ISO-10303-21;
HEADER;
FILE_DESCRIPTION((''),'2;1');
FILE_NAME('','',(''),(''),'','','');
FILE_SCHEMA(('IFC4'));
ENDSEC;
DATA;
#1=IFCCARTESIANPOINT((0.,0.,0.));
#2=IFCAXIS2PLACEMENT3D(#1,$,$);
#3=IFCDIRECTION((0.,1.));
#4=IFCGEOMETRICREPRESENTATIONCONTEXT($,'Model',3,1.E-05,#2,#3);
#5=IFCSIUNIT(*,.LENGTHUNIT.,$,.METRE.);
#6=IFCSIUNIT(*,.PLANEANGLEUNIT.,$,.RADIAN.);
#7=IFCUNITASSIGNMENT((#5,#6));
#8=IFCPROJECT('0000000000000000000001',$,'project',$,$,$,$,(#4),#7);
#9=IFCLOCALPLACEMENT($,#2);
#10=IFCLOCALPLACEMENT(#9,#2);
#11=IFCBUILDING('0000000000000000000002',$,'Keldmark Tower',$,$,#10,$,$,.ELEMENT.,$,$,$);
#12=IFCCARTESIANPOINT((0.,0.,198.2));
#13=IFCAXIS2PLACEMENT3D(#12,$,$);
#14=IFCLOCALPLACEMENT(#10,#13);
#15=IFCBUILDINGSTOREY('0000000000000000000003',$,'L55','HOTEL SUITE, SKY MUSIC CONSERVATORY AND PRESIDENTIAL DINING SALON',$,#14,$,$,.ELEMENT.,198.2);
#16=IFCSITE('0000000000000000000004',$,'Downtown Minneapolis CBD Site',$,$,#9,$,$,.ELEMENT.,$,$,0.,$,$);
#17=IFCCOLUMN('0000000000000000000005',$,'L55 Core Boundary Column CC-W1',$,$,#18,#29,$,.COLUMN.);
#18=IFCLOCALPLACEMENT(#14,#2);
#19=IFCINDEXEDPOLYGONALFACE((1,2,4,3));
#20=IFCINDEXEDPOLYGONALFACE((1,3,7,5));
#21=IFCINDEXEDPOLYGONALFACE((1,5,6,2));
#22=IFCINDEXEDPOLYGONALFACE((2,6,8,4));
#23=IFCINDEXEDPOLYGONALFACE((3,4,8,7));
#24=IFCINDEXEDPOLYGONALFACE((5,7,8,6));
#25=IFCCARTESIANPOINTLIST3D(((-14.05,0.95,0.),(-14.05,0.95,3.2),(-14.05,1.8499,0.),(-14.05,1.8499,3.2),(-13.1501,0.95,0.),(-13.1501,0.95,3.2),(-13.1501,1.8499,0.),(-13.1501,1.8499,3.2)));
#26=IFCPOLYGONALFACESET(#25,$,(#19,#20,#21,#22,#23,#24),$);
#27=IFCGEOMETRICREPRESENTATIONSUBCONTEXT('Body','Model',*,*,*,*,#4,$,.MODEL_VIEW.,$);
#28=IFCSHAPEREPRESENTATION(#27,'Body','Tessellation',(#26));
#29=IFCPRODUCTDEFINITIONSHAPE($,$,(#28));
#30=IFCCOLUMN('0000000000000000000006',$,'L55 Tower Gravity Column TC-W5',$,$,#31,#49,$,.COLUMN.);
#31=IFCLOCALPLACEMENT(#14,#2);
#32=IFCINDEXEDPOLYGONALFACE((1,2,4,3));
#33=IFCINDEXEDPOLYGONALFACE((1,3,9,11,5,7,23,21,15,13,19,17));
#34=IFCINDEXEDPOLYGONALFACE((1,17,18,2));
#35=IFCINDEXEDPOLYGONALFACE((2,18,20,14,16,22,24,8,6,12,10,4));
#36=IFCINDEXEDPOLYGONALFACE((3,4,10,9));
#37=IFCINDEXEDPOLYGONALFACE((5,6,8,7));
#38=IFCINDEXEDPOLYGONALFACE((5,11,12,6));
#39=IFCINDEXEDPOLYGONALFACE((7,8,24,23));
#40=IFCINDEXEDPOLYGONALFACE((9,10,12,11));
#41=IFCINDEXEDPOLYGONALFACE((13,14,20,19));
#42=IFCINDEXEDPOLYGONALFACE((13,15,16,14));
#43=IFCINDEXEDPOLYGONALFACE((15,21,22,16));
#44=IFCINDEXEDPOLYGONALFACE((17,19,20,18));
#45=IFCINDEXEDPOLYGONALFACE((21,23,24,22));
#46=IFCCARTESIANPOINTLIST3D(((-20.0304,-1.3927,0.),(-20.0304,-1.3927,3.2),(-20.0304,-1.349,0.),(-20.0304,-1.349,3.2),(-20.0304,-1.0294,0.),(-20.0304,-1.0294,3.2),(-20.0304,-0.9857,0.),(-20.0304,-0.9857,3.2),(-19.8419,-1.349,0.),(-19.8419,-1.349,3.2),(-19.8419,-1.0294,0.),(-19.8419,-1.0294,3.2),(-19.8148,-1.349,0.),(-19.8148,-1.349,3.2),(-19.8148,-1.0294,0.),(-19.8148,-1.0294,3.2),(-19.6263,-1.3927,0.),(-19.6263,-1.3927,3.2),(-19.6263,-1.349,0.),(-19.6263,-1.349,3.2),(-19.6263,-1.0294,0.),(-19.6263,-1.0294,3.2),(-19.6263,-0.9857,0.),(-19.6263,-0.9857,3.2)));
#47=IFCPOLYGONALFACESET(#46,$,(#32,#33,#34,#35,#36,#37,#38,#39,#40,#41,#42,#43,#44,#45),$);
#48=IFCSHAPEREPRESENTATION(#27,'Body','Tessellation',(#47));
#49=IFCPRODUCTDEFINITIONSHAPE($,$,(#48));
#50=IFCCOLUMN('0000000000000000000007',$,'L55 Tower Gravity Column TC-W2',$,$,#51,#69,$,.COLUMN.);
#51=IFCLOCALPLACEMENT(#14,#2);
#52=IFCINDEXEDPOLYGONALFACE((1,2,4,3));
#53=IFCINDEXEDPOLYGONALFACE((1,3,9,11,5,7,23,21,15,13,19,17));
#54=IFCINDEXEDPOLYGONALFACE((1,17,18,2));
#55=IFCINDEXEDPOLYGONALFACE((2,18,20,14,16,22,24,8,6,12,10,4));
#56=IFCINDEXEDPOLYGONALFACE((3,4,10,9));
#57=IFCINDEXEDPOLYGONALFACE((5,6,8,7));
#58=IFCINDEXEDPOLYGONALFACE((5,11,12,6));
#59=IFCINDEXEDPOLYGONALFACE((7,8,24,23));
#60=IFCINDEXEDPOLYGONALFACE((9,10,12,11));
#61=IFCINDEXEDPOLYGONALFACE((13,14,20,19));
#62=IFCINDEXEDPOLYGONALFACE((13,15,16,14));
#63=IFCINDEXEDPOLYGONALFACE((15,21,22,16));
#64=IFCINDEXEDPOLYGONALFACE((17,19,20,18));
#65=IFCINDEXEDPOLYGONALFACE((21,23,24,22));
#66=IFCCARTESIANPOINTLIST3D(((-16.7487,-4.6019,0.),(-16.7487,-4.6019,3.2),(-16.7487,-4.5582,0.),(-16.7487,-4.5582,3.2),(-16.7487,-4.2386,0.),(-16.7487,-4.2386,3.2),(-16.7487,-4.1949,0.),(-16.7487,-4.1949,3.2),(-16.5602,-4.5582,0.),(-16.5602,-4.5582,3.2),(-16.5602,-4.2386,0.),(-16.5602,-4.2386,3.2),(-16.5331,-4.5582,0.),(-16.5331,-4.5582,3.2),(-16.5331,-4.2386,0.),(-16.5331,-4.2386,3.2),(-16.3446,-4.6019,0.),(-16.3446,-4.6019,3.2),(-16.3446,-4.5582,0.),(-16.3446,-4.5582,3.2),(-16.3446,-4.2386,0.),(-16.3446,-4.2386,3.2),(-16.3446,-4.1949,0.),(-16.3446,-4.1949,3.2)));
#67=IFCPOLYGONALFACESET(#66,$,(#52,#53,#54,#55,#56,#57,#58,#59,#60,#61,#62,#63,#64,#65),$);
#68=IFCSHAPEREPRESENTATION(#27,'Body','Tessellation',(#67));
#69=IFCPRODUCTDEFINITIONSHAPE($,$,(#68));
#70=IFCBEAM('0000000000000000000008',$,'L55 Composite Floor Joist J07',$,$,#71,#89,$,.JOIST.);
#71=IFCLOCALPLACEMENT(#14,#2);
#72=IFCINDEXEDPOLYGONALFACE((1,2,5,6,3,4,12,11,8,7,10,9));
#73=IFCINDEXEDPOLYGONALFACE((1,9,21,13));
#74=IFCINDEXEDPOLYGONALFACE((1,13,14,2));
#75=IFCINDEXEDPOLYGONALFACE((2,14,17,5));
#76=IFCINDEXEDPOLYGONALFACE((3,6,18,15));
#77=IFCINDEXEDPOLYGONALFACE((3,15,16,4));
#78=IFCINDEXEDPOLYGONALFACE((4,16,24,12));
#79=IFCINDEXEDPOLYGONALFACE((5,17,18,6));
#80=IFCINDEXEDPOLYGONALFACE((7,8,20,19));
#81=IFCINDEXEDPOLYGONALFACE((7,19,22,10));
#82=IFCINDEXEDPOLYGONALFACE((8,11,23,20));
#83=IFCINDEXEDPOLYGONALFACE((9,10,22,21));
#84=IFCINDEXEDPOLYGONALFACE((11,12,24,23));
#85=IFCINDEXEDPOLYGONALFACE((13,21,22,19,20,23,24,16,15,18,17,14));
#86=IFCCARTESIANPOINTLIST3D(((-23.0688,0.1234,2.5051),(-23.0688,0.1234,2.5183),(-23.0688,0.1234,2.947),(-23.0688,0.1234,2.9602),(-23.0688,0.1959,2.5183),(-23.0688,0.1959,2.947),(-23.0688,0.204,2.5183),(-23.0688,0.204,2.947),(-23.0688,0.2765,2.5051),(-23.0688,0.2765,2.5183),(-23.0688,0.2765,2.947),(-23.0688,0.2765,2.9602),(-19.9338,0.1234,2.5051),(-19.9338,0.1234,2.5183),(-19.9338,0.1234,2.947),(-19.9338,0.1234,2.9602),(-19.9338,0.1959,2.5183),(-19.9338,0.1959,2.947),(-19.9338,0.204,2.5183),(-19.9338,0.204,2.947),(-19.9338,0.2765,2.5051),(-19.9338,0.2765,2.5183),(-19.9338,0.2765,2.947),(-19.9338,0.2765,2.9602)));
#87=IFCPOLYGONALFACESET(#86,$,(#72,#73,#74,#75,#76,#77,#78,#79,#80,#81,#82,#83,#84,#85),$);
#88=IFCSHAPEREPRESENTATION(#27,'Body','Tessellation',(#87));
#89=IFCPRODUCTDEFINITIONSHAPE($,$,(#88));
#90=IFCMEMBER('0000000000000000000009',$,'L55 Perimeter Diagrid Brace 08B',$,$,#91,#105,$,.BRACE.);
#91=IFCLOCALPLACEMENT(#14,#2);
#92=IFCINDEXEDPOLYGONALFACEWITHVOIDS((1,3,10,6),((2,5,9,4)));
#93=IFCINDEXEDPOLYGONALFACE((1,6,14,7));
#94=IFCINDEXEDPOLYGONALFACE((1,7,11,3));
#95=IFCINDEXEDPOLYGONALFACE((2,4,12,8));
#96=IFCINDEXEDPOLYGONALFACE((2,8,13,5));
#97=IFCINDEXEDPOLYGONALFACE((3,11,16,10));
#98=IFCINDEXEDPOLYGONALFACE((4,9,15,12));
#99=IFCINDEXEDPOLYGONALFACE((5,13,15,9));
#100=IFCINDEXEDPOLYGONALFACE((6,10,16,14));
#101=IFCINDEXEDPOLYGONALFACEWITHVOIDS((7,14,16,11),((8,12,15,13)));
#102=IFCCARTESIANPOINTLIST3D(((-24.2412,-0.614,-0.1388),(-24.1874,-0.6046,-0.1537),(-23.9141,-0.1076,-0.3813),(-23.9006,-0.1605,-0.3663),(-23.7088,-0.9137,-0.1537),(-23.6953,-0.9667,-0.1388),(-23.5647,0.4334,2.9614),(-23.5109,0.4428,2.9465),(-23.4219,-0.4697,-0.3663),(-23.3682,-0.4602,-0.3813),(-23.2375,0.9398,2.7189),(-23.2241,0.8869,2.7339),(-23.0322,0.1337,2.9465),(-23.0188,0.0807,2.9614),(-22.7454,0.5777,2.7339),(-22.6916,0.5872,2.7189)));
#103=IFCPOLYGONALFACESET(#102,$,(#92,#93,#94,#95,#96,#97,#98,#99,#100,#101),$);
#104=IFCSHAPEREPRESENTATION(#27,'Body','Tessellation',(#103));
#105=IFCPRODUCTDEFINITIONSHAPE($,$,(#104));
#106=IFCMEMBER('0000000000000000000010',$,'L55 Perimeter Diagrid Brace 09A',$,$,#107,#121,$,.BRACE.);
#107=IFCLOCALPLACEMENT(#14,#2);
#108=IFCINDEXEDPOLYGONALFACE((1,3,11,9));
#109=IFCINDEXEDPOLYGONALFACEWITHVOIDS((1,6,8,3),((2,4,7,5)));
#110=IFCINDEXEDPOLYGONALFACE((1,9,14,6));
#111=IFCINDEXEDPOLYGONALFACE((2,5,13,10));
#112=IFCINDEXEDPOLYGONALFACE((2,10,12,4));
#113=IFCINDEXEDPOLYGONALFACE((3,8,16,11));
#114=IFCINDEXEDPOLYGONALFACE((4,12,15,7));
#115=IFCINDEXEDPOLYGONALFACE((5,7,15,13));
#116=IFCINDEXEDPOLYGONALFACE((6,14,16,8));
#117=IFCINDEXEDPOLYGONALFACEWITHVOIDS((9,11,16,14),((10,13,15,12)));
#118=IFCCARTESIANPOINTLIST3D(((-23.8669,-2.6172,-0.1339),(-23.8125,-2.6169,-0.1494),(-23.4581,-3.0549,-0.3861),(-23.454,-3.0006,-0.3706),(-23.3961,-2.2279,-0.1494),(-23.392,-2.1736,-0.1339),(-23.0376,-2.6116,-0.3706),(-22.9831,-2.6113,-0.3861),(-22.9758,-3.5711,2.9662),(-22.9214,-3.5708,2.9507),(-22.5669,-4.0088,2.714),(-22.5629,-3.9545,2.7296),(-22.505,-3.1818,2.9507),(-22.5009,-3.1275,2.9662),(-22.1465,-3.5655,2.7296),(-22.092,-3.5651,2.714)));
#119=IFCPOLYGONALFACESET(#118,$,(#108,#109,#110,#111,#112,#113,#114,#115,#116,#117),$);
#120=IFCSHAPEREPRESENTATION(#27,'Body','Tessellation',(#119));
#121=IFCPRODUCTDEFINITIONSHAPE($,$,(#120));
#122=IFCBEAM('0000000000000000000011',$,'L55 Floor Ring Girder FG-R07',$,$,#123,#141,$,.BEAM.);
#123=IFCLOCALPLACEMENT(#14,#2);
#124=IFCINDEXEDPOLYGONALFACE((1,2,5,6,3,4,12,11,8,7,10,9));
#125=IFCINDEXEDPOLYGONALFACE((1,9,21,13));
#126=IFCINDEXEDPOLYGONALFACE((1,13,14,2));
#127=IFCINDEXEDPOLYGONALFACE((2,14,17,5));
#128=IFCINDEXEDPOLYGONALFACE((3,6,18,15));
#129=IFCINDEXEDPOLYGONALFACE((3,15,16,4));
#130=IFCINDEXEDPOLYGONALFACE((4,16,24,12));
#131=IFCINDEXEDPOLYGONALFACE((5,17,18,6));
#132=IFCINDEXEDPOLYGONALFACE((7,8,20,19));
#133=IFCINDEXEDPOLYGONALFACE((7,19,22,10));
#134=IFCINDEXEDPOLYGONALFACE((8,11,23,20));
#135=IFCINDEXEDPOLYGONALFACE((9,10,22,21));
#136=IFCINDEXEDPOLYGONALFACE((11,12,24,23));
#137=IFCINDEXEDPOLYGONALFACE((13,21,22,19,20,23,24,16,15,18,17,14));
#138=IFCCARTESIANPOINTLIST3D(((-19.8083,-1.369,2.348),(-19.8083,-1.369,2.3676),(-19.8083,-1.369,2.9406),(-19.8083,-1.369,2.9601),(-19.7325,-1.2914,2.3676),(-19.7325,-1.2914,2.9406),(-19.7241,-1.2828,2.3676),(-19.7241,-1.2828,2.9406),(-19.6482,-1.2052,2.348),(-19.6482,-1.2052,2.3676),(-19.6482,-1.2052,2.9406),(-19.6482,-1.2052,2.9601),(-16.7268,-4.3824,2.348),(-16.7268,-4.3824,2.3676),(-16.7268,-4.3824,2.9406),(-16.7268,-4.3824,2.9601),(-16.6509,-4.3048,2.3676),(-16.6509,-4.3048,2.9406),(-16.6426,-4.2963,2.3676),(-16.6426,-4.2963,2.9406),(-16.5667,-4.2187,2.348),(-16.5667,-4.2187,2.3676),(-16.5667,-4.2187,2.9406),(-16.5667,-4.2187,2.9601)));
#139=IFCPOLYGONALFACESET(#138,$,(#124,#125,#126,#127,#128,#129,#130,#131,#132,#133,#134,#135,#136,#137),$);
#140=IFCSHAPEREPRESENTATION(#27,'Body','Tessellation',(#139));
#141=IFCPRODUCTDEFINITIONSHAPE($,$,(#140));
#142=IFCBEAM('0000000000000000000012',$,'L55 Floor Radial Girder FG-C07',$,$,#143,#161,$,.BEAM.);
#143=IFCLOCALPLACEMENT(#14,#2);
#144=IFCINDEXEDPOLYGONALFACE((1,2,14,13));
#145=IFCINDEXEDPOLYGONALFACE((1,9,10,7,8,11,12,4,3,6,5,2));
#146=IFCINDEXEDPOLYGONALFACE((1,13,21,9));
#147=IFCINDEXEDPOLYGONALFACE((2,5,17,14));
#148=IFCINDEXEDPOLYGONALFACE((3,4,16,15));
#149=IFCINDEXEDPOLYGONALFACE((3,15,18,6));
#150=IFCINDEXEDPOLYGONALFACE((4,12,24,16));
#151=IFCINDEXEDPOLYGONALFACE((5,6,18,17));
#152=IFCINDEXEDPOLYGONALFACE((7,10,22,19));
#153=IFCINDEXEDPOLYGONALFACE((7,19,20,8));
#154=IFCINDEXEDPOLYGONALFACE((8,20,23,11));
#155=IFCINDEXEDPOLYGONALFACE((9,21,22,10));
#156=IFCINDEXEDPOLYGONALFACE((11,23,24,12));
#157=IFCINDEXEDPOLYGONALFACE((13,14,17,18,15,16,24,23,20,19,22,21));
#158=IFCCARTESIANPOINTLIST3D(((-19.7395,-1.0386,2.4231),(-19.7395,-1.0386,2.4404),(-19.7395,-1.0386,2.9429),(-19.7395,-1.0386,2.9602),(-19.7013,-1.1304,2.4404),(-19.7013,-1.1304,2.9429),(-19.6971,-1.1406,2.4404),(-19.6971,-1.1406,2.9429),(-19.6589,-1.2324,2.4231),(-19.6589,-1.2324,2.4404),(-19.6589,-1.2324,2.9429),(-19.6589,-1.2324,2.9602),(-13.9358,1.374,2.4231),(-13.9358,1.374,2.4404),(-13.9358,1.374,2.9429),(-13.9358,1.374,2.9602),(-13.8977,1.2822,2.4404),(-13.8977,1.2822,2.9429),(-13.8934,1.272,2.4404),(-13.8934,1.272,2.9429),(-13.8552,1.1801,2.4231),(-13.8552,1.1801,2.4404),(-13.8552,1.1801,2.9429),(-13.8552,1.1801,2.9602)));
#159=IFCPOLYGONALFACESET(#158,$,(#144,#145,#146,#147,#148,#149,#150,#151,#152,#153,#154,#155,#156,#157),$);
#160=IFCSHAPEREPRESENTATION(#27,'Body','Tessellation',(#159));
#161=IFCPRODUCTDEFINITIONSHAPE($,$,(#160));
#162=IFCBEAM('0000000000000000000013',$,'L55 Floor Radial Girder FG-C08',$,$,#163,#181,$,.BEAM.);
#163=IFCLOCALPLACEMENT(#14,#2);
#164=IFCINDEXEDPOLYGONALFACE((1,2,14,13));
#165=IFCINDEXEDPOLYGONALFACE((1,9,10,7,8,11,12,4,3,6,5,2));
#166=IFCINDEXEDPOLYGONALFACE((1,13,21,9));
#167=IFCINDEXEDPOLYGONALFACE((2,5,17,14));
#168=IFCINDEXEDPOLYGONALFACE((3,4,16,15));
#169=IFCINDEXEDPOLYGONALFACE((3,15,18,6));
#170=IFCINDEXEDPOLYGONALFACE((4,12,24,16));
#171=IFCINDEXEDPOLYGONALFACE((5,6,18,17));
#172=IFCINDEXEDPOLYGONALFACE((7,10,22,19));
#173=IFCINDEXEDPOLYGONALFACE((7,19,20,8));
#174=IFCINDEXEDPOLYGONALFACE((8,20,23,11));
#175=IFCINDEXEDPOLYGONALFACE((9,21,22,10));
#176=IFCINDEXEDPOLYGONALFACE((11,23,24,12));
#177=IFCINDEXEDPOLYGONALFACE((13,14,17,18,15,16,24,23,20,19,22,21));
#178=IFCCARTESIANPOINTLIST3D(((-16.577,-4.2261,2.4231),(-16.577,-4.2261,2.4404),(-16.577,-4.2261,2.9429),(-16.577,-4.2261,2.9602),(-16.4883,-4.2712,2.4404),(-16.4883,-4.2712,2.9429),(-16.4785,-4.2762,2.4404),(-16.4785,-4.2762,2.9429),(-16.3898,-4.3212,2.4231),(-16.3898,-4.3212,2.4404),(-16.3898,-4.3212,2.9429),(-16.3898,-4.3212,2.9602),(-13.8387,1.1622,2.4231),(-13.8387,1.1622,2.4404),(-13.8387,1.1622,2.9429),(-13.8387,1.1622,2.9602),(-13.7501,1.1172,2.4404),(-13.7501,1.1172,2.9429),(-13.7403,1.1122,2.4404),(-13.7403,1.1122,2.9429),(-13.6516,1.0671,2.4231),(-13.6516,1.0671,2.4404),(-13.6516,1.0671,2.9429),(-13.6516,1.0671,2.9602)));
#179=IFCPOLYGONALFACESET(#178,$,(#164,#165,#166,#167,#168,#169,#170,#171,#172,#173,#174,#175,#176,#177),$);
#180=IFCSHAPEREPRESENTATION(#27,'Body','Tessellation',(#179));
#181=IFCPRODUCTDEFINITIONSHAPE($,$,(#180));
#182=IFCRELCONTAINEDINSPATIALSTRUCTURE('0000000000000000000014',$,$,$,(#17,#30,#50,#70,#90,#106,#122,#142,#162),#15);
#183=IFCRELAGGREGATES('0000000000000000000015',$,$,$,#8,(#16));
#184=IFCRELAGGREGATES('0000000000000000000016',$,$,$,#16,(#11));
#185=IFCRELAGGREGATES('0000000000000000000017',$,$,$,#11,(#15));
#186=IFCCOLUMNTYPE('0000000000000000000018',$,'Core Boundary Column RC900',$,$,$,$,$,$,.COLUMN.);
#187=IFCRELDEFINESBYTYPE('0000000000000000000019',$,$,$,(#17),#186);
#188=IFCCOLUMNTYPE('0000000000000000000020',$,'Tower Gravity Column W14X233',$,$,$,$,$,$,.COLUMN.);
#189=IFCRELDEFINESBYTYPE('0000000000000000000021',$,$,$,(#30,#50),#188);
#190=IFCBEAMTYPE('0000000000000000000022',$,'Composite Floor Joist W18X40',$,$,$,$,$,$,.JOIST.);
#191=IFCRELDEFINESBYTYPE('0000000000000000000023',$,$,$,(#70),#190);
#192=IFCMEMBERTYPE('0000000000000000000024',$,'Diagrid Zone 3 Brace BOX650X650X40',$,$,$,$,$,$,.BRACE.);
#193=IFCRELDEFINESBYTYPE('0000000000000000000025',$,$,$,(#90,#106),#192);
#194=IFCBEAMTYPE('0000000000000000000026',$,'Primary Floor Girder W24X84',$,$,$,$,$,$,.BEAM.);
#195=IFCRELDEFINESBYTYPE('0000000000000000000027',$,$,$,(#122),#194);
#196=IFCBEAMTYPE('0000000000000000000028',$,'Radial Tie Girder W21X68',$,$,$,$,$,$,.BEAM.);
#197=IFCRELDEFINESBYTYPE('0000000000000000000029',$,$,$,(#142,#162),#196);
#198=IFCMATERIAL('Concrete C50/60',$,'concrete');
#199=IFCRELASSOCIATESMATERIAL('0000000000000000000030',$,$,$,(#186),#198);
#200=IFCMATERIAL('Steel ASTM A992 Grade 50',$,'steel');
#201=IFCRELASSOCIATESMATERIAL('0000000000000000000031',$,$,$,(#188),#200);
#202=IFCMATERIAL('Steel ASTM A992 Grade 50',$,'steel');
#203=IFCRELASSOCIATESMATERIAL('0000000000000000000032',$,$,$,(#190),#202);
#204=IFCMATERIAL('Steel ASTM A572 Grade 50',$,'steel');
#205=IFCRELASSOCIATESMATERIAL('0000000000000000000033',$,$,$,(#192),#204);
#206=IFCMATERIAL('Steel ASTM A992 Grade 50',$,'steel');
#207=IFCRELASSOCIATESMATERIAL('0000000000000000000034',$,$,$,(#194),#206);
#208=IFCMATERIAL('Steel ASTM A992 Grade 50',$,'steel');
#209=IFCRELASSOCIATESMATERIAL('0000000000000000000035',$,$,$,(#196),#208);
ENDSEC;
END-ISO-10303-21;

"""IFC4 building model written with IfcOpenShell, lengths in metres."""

from ifc_helpers import new_model, si_unit, direction, frame, origin, origin_2d, place, context, subcontext, project, spatial, rectangle, hollow_rectangle, i_section, extrude, material, material_profile, profile_set, type_object, element, save


model = new_model("IFC4")

# Units and contexts
model_context = context("Model", 3, precision=1e-05, world=origin(), true_north=direction((0.0, 1.0)))
body_context = subcontext(model_context, "Body", "Model", "MODEL_VIEW")
ifc_project = project(units=[si_unit("LENGTHUNIT", "METRE"), si_unit("PLANEANGLEUNIT", "RADIAN")], contexts=[model_context])

# Site, building, storey
site_placement = place(None, origin())
site = spatial("IfcSite", under=ifc_project, at=site_placement, Name="Downtown Minneapolis CBD Site", CompositionType="ELEMENT", RefElevation=0.0)
building_placement = place(site_placement, origin())
building = spatial("IfcBuilding", under=site, at=building_placement, Name="Keldmark Tower", CompositionType="ELEMENT")
storey_placement = place(building_placement, frame((0.0, 0.0, 198.2)))
storey = spatial("IfcBuildingStorey", under=building, at=storey_placement, Name="L55", Description="HOTEL SUITE, SKY MUSIC CONSERVATORY AND PRESIDENTIAL DINING SALON", CompositionType="ELEMENT", Elevation=198.2)

# Columns
ifc_material_1 = material(Name="Concrete C50/60", Category="concrete")
ifc_material_profile_1 = material_profile(ifc_material_1, rectangle(XDim=0.8999, YDim=0.8999, at=origin_2d()), Name="RC900X900")
ifc_profile_set_1 = profile_set([ifc_material_profile_1], Name="Concrete C50/60")
column_type_1 = type_object("IfcColumnType", Name="Core Boundary Column RC900", PredefinedType="COLUMN", material=ifc_profile_set_1)
column_placement = place(storey_placement, frame((-13.6001, 1.3999, 0.0), z_axis=(0.0, 0.0, 1.0), x_axis=(1.0, 0.0, 0.0)))
element("IfcColumn", 1, at=column_placement, inside=storey, type_object=column_type_1, Name="L55 Core Boundary Column CC-W1", PredefinedType="COLUMN", context=body_context, shape_type="SweptSolid", body=[
    extrude(rectangle(XDim=0.8999, YDim=0.8999, at=origin_2d()), origin(), (0.0, 0.0, 1.0), 3.2),
])
ifc_material_2 = material(Name="Steel ASTM A992 Grade 50", Category="steel")
ifc_material_profile_2 = material_profile(ifc_material_2, i_section(OverallWidth=0.4041, OverallDepth=0.407, WebThickness=0.0271, FlangeThickness=0.0437, at=origin_2d()), Name="W14X233")
ifc_profile_set_2 = profile_set([ifc_material_profile_2], Name="Steel ASTM A992 Grade 50")
column_type_2 = type_object("IfcColumnType", Name="Tower Gravity Column W14X233", PredefinedType="COLUMN", material=ifc_profile_set_2)
for number, where, z_axis, x_axis, name in (
    (2, (-19.8284, -1.1892, 0.0), (0.0, 0.0, 1.0), (1.0, 0.0, 0.0), "L55 Tower Gravity Column TC-W5"),
    (3, (-16.5466, -4.3984, 0.0), (0.0, 0.0, 1.0), (1.0, 0.0, 0.0), "L55 Tower Gravity Column TC-W2"),
):
    element("IfcColumn", number, at=place(storey_placement, frame(where, z_axis=z_axis, x_axis=x_axis)), inside=storey, type_object=column_type_2, Name=name, PredefinedType="COLUMN", context=body_context, shape_type="SweptSolid", body=[
        extrude(i_section(OverallWidth=0.4041, OverallDepth=0.407, WebThickness=0.0271, FlangeThickness=0.0437, at=origin_2d()), origin(), (0.0, 0.0, 1.0), 3.2),
    ])

# Beam
ifc_material_3 = material(Name="Steel ASTM A992 Grade 50", Category="steel")
ifc_material_profile_3 = material_profile(ifc_material_3, i_section(OverallWidth=0.1531, OverallDepth=0.4551, WebThickness=0.0081, FlangeThickness=0.0132, at=origin_2d()), Name="W18X40")
ifc_profile_set_3 = profile_set([ifc_material_profile_3], Name="Steel ASTM A992 Grade 50")
beam_type_1 = type_object("IfcBeamType", Name="Composite Floor Joist W18X40", PredefinedType="JOIST", material=ifc_profile_set_3)
beam_1_placement = place(storey_placement, frame((-23.0688, 0.2, 2.7327), z_axis=(1.0, 0.0, 0.0), x_axis=(0.0, 1.0, 0.0)))
element("IfcBeam", 4, at=beam_1_placement, inside=storey, type_object=beam_type_1, Name="L55 Composite Floor Joist J07", PredefinedType="JOIST", context=body_context, shape_type="SweptSolid", body=[
    extrude(i_section(OverallWidth=0.1531, OverallDepth=0.4551, WebThickness=0.0081, FlangeThickness=0.0132, at=origin_2d()), origin(), (0.0, 0.0, 1.0), 3.135),
])

# Members
ifc_material_4 = material(Name="Steel ASTM A572 Grade 50", Category="steel")
ifc_material_profile_4 = material_profile(ifc_material_4, hollow_rectangle(XDim=0.6499, YDim=0.6499, WallThickness=0.04, at=origin_2d()), Name="BOX650X650X40")
ifc_profile_set_4 = profile_set([ifc_material_profile_4], Name="Steel ASTM A572 Grade 50")
member_type = type_object("IfcMemberType", Name="Diagrid Zone 3 Brace BOX650X650X40", PredefinedType="BRACE", material=ifc_profile_set_4)
member_1_placement = place(storey_placement, frame((-23.8047, -0.5371, -0.26), z_axis=(0.202461, 0.313446, 0.927772), x_axis=(-0.840006, 0.542577, 0.0)))
element("IfcMember", 5, at=member_1_placement, inside=storey, type_object=member_type, Name="L55 Perimeter Diagrid Brace 08B", PredefinedType="BRACE", context=body_context, shape_type="SweptSolid", body=[
    extrude(hollow_rectangle(XDim=0.6499, YDim=0.6499, WallThickness=0.04, at=origin_2d()), origin(), (0.0, 0.0, 1.0), 3.3416),
])
member_2_placement = place(storey_placement, frame((-23.425, -2.6143, -0.26), z_axis=(0.26492, -0.283573, 0.921631), x_axis=(0.730732, 0.682665, 0.0)))
element("IfcMember", 6, at=member_2_placement, inside=storey, type_object=member_type, Name="L55 Perimeter Diagrid Brace 09A", PredefinedType="BRACE", context=body_context, shape_type="SweptSolid", body=[
    extrude(hollow_rectangle(XDim=0.6499, YDim=0.6499, WallThickness=0.04, at=origin_2d()), origin(), (0.0, 0.0, 1.0), 3.3638),
])

# Beams
ifc_material_5 = material(Name="Steel ASTM A992 Grade 50", Category="steel")
ifc_material_profile_5 = material_profile(ifc_material_5, i_section(OverallWidth=0.229, OverallDepth=0.6121, WebThickness=0.012, FlangeThickness=0.0195, at=origin_2d()), Name="W24X84")
ifc_profile_set_5 = profile_set([ifc_material_profile_5], Name="Steel ASTM A992 Grade 50")
beam_type_2 = type_object("IfcBeamType", Name="Primary Floor Girder W24X84", PredefinedType="BEAM", material=ifc_profile_set_5)
beam_2_placement = place(storey_placement, frame((-19.7283, -1.2871, 2.6541), z_axis=(0.714965, -0.699161, 0.0), x_axis=(0.699161, 0.714965, 0.0)))
element("IfcBeam", 7, at=beam_2_placement, inside=storey, type_object=beam_type_2, Name="L55 Floor Ring Girder FG-R07", PredefinedType="BEAM", context=body_context, shape_type="SweptSolid", body=[
    extrude(i_section(OverallWidth=0.229, OverallDepth=0.6121, WebThickness=0.012, FlangeThickness=0.0195, at=origin_2d()), origin(), (0.0, 0.0, 1.0), 4.3101),
])
ifc_material_6 = material(Name="Steel ASTM A992 Grade 50", Category="steel")
ifc_material_profile_6 = material_profile(ifc_material_6, i_section(OverallWidth=0.21, OverallDepth=0.5371, WebThickness=0.011, FlangeThickness=0.0173, at=origin_2d()), Name="W21X68")
ifc_profile_set_6 = profile_set([ifc_material_profile_6], Name="Steel ASTM A992 Grade 50")
beam_type_3 = type_object("IfcBeamType", Name="Radial Tie Girder W21X68", PredefinedType="BEAM", material=ifc_profile_set_6)
beam_3_placement = place(storey_placement, frame((-19.6992, -1.1355, 2.6917), z_axis=(0.923394, 0.383854, 0.0), x_axis=(-0.383854, 0.923394, 0.0)))
element("IfcBeam", 8, at=beam_3_placement, inside=storey, type_object=beam_type_3, Name="L55 Floor Radial Girder FG-C07", PredefinedType="BEAM", context=body_context, shape_type="SweptSolid", body=[
    extrude(i_section(OverallWidth=0.21, OverallDepth=0.5371, WebThickness=0.011, FlangeThickness=0.0173, at=origin_2d()), origin(), (0.0, 0.0, 1.0), 6.2852),
])
beam_4_placement = place(storey_placement, frame((-16.4834, -4.2737, 2.6917), z_axis=(0.453037, 0.891492, 0.0), x_axis=(-0.891492, 0.453037, 0.0)))
element("IfcBeam", 9, at=beam_4_placement, inside=storey, type_object=beam_type_3, Name="L55 Floor Radial Girder FG-C08", PredefinedType="BEAM", context=body_context, shape_type="SweptSolid", body=[
    extrude(i_section(OverallWidth=0.21, OverallDepth=0.5371, WebThickness=0.011, FlangeThickness=0.0173, at=origin_2d()), origin(), (0.0, 0.0, 1.0), 6.0442),
])

save(model, "model.ifc")
